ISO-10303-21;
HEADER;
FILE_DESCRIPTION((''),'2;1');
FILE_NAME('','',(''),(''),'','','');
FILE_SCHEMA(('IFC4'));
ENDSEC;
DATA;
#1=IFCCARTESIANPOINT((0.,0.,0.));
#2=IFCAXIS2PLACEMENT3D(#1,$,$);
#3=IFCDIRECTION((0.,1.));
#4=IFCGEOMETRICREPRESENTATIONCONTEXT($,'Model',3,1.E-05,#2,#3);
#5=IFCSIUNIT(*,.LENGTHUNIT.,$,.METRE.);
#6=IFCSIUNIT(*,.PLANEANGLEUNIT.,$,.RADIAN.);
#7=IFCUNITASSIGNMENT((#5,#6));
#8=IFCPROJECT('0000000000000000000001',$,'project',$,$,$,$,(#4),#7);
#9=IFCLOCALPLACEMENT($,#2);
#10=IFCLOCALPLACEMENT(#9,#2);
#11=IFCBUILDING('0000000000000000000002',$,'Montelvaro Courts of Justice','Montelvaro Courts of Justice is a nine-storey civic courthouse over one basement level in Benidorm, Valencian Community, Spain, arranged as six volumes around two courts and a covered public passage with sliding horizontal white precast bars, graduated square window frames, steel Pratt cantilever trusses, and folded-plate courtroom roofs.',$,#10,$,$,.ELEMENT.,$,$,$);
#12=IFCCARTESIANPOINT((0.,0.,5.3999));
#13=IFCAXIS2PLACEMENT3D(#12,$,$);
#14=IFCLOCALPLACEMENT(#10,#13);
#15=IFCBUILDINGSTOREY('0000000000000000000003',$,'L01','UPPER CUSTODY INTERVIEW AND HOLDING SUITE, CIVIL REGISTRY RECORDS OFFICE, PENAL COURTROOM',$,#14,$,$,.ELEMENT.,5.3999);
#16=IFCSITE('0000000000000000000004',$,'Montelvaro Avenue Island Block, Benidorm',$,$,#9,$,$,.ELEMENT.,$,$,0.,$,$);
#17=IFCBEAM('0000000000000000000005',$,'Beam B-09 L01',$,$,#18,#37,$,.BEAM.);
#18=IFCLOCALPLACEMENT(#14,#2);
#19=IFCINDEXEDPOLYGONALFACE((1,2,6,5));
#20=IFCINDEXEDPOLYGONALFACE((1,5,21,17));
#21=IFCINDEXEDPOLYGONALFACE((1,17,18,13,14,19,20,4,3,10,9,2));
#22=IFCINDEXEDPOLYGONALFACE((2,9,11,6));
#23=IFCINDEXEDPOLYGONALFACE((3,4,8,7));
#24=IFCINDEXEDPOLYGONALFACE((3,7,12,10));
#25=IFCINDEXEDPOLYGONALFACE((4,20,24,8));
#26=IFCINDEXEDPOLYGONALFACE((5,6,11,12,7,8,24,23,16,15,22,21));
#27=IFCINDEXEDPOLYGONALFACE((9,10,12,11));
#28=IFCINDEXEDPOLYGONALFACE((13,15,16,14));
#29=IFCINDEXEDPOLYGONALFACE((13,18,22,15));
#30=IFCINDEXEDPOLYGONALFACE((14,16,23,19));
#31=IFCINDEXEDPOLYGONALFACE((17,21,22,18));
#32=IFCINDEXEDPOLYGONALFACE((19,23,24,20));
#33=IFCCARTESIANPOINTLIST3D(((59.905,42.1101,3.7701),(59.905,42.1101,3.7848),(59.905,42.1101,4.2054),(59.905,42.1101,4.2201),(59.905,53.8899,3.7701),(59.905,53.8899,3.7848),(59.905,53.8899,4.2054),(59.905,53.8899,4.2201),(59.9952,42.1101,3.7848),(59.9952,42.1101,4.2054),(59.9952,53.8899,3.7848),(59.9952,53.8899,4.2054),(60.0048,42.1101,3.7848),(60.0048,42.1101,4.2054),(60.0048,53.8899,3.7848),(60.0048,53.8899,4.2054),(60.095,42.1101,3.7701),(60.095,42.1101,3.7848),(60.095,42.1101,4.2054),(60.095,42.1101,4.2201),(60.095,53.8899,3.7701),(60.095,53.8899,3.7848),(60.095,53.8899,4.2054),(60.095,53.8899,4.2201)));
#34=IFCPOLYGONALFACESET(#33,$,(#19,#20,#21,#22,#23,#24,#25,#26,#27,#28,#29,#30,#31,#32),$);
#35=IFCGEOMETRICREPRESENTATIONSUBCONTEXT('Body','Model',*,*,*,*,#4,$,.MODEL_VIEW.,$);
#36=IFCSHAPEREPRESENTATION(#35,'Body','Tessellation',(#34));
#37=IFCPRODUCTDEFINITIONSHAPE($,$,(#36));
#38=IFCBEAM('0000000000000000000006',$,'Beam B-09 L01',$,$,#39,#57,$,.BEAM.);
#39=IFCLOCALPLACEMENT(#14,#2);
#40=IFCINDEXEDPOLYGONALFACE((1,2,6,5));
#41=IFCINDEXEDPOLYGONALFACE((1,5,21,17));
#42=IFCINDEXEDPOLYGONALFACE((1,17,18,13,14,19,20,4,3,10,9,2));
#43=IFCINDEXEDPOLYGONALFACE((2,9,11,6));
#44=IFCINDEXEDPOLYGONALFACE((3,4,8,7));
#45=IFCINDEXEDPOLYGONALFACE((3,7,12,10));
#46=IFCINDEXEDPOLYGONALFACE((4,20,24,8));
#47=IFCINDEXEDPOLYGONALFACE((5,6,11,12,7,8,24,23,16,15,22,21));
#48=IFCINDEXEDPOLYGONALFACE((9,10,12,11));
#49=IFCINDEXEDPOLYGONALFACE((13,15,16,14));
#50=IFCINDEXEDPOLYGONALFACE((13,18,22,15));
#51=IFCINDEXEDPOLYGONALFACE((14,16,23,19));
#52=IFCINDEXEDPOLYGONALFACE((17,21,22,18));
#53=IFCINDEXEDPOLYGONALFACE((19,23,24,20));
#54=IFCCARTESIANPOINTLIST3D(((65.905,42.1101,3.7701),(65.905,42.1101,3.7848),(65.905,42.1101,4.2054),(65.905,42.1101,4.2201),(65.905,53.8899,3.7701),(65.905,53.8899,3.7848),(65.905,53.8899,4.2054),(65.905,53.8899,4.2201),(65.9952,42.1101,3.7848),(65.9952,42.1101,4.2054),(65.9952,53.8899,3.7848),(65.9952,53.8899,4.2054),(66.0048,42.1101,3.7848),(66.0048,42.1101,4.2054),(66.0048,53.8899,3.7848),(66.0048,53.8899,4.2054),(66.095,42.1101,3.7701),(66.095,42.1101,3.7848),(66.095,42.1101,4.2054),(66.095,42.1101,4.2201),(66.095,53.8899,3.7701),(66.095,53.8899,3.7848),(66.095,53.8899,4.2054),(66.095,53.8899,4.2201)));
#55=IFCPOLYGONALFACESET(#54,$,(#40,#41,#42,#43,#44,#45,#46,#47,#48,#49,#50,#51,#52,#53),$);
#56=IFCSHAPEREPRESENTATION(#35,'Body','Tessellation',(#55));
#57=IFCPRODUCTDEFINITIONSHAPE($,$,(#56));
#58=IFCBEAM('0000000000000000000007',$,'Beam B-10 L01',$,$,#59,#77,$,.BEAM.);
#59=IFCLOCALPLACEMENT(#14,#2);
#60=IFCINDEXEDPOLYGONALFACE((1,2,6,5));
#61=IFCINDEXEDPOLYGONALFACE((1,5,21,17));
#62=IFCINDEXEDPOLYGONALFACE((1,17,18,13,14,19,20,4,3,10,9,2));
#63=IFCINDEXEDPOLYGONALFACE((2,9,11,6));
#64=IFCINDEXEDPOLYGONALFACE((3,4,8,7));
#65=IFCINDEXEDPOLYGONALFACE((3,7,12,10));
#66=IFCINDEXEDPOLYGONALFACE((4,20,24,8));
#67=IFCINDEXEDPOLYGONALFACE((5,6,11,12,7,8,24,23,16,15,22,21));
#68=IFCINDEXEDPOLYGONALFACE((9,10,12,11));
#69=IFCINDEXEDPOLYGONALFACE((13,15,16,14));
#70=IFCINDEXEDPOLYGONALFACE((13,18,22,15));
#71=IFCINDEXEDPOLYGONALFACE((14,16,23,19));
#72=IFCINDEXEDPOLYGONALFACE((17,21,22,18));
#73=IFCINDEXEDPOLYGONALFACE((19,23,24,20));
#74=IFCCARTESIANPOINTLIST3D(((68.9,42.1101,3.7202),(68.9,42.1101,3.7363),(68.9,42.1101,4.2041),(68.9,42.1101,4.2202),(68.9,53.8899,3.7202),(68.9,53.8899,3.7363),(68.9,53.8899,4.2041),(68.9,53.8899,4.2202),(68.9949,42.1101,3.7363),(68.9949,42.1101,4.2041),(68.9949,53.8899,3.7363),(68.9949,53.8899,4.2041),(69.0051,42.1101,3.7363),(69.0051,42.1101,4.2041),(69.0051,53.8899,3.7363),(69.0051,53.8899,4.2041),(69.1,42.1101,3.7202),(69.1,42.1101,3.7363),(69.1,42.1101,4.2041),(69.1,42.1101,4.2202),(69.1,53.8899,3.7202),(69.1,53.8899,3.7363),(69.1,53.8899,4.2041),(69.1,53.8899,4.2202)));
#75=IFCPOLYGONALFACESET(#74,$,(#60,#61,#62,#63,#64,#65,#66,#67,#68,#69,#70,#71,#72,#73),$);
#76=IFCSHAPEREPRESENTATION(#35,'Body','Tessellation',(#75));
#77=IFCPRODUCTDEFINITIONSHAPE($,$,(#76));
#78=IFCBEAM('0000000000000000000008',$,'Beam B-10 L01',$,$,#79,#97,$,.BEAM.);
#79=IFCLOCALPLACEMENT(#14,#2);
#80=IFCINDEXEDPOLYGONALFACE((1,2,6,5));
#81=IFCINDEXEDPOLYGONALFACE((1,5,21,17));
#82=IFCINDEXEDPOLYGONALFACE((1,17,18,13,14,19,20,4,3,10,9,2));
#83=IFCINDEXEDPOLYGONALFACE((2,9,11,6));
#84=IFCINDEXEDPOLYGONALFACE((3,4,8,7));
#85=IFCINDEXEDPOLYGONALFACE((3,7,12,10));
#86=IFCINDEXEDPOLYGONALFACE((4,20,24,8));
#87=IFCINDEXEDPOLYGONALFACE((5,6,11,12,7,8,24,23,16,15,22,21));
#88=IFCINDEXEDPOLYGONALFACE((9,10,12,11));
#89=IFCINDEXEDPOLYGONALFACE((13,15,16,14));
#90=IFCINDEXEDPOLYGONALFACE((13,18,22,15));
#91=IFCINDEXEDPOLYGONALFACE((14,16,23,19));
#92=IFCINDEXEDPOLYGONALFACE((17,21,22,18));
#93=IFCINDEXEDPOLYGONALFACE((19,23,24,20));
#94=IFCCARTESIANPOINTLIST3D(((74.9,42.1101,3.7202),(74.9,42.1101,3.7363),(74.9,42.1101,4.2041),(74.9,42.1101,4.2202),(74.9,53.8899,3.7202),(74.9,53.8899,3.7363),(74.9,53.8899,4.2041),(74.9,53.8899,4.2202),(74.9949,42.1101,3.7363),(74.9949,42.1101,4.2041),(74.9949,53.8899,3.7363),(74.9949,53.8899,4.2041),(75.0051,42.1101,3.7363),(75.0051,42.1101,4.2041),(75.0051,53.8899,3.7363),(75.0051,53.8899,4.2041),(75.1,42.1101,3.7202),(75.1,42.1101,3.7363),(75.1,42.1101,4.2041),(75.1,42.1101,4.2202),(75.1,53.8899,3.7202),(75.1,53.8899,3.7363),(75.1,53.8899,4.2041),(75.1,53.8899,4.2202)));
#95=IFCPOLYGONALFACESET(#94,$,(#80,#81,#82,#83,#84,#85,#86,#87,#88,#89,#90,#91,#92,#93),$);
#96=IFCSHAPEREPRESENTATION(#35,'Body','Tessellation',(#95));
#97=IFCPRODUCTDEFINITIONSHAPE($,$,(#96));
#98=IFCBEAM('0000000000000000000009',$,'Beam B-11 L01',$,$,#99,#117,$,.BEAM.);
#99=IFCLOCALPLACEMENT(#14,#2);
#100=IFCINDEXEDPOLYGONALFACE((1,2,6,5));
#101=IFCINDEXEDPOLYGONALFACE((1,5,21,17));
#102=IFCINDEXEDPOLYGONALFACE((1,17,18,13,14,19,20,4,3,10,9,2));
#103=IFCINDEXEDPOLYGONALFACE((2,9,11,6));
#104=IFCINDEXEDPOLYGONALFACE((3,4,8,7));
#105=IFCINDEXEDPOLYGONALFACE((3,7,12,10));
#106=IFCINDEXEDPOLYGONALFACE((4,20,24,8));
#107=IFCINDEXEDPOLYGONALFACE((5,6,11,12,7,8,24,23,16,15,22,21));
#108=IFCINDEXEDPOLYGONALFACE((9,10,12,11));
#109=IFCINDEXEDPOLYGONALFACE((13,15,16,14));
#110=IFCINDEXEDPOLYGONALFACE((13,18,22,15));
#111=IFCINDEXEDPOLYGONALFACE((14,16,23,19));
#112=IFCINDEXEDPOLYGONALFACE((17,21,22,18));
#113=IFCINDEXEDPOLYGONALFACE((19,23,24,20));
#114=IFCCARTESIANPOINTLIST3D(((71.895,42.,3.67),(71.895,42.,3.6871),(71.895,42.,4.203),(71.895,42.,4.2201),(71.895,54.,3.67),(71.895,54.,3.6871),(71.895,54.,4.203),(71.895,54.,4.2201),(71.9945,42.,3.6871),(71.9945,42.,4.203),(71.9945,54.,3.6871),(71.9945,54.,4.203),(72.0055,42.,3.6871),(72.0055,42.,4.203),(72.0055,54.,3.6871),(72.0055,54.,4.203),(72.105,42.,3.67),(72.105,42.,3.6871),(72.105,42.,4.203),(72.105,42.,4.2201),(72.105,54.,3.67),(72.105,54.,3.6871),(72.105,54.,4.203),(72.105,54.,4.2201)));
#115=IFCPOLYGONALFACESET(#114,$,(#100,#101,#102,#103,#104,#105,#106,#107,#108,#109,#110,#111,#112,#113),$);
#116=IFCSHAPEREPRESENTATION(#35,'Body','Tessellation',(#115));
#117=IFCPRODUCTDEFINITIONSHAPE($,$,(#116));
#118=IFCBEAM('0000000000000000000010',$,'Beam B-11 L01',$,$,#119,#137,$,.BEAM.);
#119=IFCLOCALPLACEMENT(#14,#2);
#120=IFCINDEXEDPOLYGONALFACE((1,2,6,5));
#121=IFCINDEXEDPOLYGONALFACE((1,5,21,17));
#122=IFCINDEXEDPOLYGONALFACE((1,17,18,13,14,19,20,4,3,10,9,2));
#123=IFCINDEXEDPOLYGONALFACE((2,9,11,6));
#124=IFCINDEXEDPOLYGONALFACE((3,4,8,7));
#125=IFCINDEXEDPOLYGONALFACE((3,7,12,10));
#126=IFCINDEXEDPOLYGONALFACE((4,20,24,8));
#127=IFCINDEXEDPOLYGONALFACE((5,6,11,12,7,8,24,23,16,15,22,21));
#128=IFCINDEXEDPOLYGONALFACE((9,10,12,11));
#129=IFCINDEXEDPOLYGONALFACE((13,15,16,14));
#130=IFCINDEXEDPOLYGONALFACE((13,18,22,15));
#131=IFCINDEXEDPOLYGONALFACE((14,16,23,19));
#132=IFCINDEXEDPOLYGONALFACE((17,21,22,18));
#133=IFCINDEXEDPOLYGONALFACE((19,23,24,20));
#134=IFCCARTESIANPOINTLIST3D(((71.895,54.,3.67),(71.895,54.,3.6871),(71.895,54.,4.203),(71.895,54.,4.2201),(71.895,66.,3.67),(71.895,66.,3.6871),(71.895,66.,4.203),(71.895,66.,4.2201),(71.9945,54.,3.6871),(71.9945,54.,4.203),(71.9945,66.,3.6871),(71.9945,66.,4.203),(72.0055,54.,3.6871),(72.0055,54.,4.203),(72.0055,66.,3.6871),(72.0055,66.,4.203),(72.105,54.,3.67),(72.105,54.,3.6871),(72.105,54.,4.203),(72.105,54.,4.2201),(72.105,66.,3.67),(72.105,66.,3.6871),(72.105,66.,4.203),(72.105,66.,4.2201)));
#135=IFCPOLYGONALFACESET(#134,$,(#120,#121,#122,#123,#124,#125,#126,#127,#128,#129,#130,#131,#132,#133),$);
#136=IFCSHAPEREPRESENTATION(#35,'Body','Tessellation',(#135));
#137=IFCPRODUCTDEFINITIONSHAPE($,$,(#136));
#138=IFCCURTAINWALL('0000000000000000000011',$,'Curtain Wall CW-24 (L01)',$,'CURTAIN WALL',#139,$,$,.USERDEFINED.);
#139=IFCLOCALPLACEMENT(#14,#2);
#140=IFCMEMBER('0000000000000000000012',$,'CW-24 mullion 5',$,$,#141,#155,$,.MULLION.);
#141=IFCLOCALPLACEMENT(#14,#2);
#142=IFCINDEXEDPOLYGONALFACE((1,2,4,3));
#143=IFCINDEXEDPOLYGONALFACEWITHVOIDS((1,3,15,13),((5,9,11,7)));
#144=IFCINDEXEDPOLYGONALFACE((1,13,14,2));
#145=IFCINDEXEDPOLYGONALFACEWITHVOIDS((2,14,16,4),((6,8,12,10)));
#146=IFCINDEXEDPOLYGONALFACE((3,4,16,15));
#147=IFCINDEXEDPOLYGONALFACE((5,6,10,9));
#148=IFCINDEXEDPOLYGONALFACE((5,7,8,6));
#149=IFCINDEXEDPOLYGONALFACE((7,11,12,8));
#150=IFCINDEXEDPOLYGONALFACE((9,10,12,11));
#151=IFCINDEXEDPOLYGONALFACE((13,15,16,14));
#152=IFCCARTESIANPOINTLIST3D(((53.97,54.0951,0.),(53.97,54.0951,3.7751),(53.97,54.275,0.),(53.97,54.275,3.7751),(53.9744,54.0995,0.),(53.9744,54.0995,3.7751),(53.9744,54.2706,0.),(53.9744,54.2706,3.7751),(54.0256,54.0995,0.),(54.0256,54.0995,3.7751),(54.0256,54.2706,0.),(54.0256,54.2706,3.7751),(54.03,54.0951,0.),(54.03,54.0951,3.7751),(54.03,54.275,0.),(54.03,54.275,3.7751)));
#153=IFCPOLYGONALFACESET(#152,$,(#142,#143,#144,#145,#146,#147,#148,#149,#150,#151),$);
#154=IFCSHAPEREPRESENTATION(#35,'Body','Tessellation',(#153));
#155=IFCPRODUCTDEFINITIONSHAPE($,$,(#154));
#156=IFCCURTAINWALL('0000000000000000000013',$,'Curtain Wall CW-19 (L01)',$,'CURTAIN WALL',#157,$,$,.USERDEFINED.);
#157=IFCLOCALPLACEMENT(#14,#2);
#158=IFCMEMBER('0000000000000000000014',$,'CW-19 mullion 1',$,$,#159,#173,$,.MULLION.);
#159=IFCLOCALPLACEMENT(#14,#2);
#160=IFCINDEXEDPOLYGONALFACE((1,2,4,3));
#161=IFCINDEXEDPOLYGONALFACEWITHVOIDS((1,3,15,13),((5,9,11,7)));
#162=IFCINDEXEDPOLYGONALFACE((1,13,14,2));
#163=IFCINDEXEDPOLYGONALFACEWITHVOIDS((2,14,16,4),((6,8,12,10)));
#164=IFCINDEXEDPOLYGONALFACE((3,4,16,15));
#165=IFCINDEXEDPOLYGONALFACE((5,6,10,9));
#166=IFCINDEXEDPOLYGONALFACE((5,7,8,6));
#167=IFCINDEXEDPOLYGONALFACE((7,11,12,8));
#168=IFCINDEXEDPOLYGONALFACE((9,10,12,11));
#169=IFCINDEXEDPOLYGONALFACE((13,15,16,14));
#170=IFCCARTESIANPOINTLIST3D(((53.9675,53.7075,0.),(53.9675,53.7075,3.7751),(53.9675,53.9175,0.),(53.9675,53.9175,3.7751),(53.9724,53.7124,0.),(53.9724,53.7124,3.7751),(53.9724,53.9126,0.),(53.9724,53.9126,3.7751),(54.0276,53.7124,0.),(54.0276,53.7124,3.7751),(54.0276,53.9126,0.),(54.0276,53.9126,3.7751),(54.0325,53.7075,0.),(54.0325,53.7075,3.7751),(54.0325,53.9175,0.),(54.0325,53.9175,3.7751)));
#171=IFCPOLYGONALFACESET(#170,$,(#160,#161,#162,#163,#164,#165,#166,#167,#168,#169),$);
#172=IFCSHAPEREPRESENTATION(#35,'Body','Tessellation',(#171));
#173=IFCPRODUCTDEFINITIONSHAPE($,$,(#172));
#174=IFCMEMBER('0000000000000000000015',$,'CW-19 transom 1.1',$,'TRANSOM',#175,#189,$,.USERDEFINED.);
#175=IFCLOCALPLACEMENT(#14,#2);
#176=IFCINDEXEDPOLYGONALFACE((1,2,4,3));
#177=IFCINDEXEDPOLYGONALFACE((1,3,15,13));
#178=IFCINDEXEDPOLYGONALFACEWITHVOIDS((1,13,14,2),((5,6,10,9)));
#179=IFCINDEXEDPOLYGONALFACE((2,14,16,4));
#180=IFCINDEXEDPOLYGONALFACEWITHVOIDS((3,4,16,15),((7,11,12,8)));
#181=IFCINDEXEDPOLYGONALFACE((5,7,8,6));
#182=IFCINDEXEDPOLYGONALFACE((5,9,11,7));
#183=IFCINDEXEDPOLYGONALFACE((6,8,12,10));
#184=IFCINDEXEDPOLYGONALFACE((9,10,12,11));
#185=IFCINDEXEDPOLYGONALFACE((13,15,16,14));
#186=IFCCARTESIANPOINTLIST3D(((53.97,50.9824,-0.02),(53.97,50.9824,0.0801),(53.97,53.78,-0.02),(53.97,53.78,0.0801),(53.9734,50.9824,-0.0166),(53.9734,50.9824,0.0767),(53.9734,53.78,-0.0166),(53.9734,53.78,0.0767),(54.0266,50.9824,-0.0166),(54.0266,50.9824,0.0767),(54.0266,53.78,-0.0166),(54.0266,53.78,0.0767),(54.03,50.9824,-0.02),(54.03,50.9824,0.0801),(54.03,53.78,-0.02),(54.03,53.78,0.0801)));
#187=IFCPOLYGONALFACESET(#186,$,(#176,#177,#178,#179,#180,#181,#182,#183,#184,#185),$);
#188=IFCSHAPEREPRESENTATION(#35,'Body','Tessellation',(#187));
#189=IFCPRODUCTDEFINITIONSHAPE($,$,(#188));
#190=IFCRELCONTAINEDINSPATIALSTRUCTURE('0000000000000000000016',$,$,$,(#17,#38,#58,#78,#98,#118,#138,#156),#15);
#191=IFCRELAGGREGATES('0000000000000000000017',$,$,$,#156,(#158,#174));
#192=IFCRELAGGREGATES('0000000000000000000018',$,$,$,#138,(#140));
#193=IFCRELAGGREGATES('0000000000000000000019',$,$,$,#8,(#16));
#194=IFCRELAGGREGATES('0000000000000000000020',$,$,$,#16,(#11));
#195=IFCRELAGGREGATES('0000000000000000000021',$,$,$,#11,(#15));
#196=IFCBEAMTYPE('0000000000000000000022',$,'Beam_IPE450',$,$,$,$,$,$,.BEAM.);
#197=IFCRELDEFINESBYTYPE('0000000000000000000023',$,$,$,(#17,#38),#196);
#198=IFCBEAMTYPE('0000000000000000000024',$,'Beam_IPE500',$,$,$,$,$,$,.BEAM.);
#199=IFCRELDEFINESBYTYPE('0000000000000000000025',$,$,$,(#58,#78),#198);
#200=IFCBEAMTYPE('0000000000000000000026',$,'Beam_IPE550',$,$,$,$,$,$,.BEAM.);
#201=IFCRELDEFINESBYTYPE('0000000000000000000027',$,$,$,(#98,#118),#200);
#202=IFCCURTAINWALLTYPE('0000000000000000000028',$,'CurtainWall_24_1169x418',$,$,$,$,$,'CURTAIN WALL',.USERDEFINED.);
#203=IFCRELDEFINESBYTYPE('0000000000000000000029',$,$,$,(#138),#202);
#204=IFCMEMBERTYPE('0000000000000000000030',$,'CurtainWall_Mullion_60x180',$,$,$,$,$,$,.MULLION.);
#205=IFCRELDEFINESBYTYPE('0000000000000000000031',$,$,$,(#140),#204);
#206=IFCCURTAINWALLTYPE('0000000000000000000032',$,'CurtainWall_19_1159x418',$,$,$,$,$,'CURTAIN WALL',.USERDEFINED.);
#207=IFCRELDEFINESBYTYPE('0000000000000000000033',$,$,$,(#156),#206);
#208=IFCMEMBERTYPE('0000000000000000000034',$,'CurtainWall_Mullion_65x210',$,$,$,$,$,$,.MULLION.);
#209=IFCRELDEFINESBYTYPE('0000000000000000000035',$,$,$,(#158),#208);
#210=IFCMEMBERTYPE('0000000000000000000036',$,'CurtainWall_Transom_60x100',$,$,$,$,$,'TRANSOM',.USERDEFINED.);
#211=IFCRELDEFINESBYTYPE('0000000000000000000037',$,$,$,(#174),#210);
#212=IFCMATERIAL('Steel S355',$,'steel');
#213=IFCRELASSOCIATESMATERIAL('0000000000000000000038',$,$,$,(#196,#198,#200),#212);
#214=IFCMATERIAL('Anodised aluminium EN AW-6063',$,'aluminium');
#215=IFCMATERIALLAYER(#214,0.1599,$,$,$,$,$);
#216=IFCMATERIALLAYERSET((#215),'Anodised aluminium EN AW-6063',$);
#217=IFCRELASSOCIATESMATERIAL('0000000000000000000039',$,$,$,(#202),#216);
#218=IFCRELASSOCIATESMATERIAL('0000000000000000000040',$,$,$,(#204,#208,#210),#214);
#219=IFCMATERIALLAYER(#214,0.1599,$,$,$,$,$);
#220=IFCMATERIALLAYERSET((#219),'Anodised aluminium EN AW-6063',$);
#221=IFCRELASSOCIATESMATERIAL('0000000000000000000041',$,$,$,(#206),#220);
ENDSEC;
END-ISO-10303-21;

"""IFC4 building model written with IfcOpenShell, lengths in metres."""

from ifc_helpers import new_model, si_unit, direction, frame, origin, origin_2d, place, context, subcontext, project, spatial, hollow_rectangle, i_section, extrude, material, layer, layer_set, material_profile, profile_set, type_object, element, aggregate, save


model = new_model("IFC4")

# Units and contexts
model_context = context("Model", 3, precision=1e-05, world=origin(), true_north=direction((0.0, 1.0)))
body_context = subcontext(model_context, "Body", "Model", "MODEL_VIEW")
ifc_project = project(units=[si_unit("LENGTHUNIT", "METRE"), si_unit("PLANEANGLEUNIT", "RADIAN")], contexts=[model_context])

# Site, building, storey
site_placement = place(None, origin())
site = spatial("IfcSite", under=ifc_project, at=site_placement, Name="Montelvaro Avenue Island Block, Benidorm", CompositionType="ELEMENT", RefElevation=0.0)
building_placement = place(site_placement, origin())
building = spatial("IfcBuilding", under=site, at=building_placement, Name="Montelvaro Courts of Justice", Description="Montelvaro Courts of Justice is a nine-storey civic courthouse over one basement level in Benidorm, Valencian Community, Spain, arranged as six volumes around two courts and a covered public passage with sliding horizontal white precast bars, graduated square window frames, steel Pratt cantilever trusses, and folded-plate courtroom roofs.", CompositionType="ELEMENT")
storey_placement = place(building_placement, frame((0.0, 0.0, 5.3999)))
storey = spatial("IfcBuildingStorey", under=building, at=storey_placement, Name="L01", Description="UPPER CUSTODY INTERVIEW AND HOLDING SUITE, CIVIL REGISTRY RECORDS OFFICE, PENAL COURTROOM", CompositionType="ELEMENT", Elevation=5.3999)

# Shared definitions
ifc_material_1 = material(Name="Steel S355", Category="steel")

# Beams
ifc_material_profile_1 = material_profile(ifc_material_1, i_section(OverallWidth=0.1899, OverallDepth=0.45, WebThickness=0.0095, FlangeThickness=0.0146, at=origin_2d()), Name="IPE 450")
ifc_profile_set_1 = profile_set([ifc_material_profile_1], Name="Steel S355")
beam_type_1 = type_object("IfcBeamType", Name="Beam_IPE450", PredefinedType="BEAM", material=ifc_profile_set_1)
for number, where, z_axis, x_axis, name in (
    (1, (60.0, 42.1101, 3.9951), (0.0, 1.0, 0.0), (-1.0, 0.0, 0.0), "Beam B-09 L01"),
    (2, (66.0, 42.1101, 3.9951), (0.0, 1.0, 0.0), (-1.0, 0.0, 0.0), "Beam B-09 L01"),
):
    element("IfcBeam", number, at=place(storey_placement, frame(where, z_axis=z_axis, x_axis=x_axis)), inside=storey, type_object=beam_type_1, Name=name, PredefinedType="BEAM", context=body_context, shape_type="SweptSolid", body=[
        extrude(i_section(OverallWidth=0.1899, OverallDepth=0.45, WebThickness=0.0095, FlangeThickness=0.0146, at=origin_2d()), origin(), (0.0, 0.0, 1.0), 11.7798),
    ])
ifc_material_profile_2 = material_profile(ifc_material_1, i_section(OverallWidth=0.2, OverallDepth=0.5, WebThickness=0.0103, FlangeThickness=0.0161, at=origin_2d()), Name="IPE 500")
ifc_profile_set_2 = profile_set([ifc_material_profile_2], Name="Steel S355")
beam_type_2 = type_object("IfcBeamType", Name="Beam_IPE500", PredefinedType="BEAM", material=ifc_profile_set_2)
for number, where, z_axis, x_axis, name in (
    (3, (69.0, 42.1101, 3.9702), (0.0, 1.0, 0.0), (-1.0, 0.0, 0.0), "Beam B-10 L01"),
    (4, (75.0, 42.1101, 3.9702), (0.0, 1.0, 0.0), (-1.0, 0.0, 0.0), "Beam B-10 L01"),
):
    element("IfcBeam", number, at=place(storey_placement, frame(where, z_axis=z_axis, x_axis=x_axis)), inside=storey, type_object=beam_type_2, Name=name, PredefinedType="BEAM", context=body_context, shape_type="SweptSolid", body=[
        extrude(i_section(OverallWidth=0.2, OverallDepth=0.5, WebThickness=0.0103, FlangeThickness=0.0161, at=origin_2d()), origin(), (0.0, 0.0, 1.0), 11.7798),
    ])
ifc_material_profile_3 = material_profile(ifc_material_1, i_section(OverallWidth=0.21, OverallDepth=0.55, WebThickness=0.011, FlangeThickness=0.0171, at=origin_2d()), Name="IPE 550")
ifc_profile_set_3 = profile_set([ifc_material_profile_3], Name="Steel S355")
beam_type_3 = type_object("IfcBeamType", Name="Beam_IPE550", PredefinedType="BEAM", material=ifc_profile_set_3)
for number, where, z_axis, x_axis, name in (
    (5, (72.0, 42.0, 3.9451), (0.0, 1.0, 0.0), (-1.0, 0.0, 0.0), "Beam B-11 L01"),
    (6, (72.0, 54.0, 3.9451), (0.0, 1.0, 0.0), (-1.0, 0.0, 0.0), "Beam B-11 L01"),
):
    element("IfcBeam", number, at=place(storey_placement, frame(where, z_axis=z_axis, x_axis=x_axis)), inside=storey, type_object=beam_type_3, Name=name, PredefinedType="BEAM", context=body_context, shape_type="SweptSolid", body=[
        extrude(i_section(OverallWidth=0.21, OverallDepth=0.55, WebThickness=0.011, FlangeThickness=0.0171, at=origin_2d()), origin(), (0.0, 0.0, 1.0), 12.0),
    ])

# Curtain wall, member
ifc_material_2 = material(Name="Anodised aluminium EN AW-6063", Category="aluminium")
ifc_layer_1 = layer(ifc_material_2, 0.1599)
ifc_layer_set_1 = layer_set([ifc_layer_1], Name="Anodised aluminium EN AW-6063")
curtain_wall_type_1 = type_object("IfcCurtainWallType", Name="CurtainWall_24_1169x418", ElementType="CURTAIN WALL", PredefinedType="USERDEFINED", material=ifc_layer_set_1)
curtain_wall_1_placement = place(storey_placement, origin())
curtain_wall_1 = element("IfcCurtainWall", 7, at=curtain_wall_1_placement, inside=storey, type_object=curtain_wall_type_1, Name="Curtain Wall CW-24 (L01)", ObjectType="CURTAIN WALL", PredefinedType="USERDEFINED")
ifc_material_profile_4 = material_profile(ifc_material_2, hollow_rectangle(XDim=0.0601, YDim=0.1799, WallThickness=0.0044, at=origin_2d()), Name="ALU-M 60x180")
ifc_profile_set_4 = profile_set([ifc_material_profile_4], Name="Anodised aluminium EN AW-6063")
member_type_1 = type_object("IfcMemberType", Name="CurtainWall_Mullion_60x180", PredefinedType="MULLION", material=ifc_profile_set_4)
member_1_placement = place(storey_placement, frame((54.0, 54.1851, 0.0), z_axis=(0.0, 0.0, 1.0), x_axis=(1.0, 0.0, 0.0)))
member_1 = element("IfcMember", 8, at=member_1_placement, type_object=member_type_1, Name="CW-24 mullion 5", PredefinedType="MULLION", context=body_context, shape_type="SweptSolid", body=[
    extrude(hollow_rectangle(XDim=0.0601, YDim=0.1799, WallThickness=0.0044, at=origin_2d()), origin(), (0.0, 0.0, 1.0), 3.7751),
])

# Curtain wall, members
ifc_layer_2 = layer(ifc_material_2, 0.1599)
ifc_layer_set_2 = layer_set([ifc_layer_2], Name="Anodised aluminium EN AW-6063")
curtain_wall_type_2 = type_object("IfcCurtainWallType", Name="CurtainWall_19_1159x418", ElementType="CURTAIN WALL", PredefinedType="USERDEFINED", material=ifc_layer_set_2)
curtain_wall_2_placement = place(storey_placement, origin())
curtain_wall_2 = element("IfcCurtainWall", 9, at=curtain_wall_2_placement, inside=storey, type_object=curtain_wall_type_2, Name="Curtain Wall CW-19 (L01)", ObjectType="CURTAIN WALL", PredefinedType="USERDEFINED")
ifc_material_profile_5 = material_profile(ifc_material_2, hollow_rectangle(XDim=0.0649, YDim=0.21, WallThickness=0.0049, at=origin_2d()), Name="ALU-M 65x210")
ifc_profile_set_5 = profile_set([ifc_material_profile_5], Name="Anodised aluminium EN AW-6063")
member_type_2 = type_object("IfcMemberType", Name="CurtainWall_Mullion_65x210", PredefinedType="MULLION", material=ifc_profile_set_5)
member_2_placement = place(storey_placement, frame((54.0, 53.8125, 0.0), z_axis=(0.0, 0.0, 1.0), x_axis=(1.0, 0.0, 0.0)))
member_2 = element("IfcMember", 10, at=member_2_placement, type_object=member_type_2, Name="CW-19 mullion 1", PredefinedType="MULLION", context=body_context, shape_type="SweptSolid", body=[
    extrude(hollow_rectangle(XDim=0.0649, YDim=0.21, WallThickness=0.0049, at=origin_2d()), origin(), (0.0, 0.0, 1.0), 3.7751),
])
ifc_material_profile_6 = material_profile(ifc_material_2, hollow_rectangle(XDim=0.0601, YDim=0.1001, WallThickness=0.0034, at=origin_2d()), Name="ALU-T 60x100")
ifc_profile_set_6 = profile_set([ifc_material_profile_6], Name="Anodised aluminium EN AW-6063")
member_type_3 = type_object("IfcMemberType", Name="CurtainWall_Transom_60x100", ElementType="TRANSOM", PredefinedType="USERDEFINED", material=ifc_profile_set_6)
member_3_placement = place(storey_placement, frame((54.0, 53.78, 0.03), z_axis=(0.0, -1.0, 0.0), x_axis=(1.0, 0.0, 0.0)))
member_3 = element("IfcMember", 11, at=member_3_placement, type_object=member_type_3, Name="CW-19 transom 1.1", ObjectType="TRANSOM", PredefinedType="USERDEFINED", context=body_context, shape_type="SweptSolid", body=[
    extrude(hollow_rectangle(XDim=0.0601, YDim=0.1001, WallThickness=0.0034, at=origin_2d()), origin(), (0.0, 0.0, 1.0), 2.7976),
])
aggregate(curtain_wall_2, [member_2, member_3])

aggregate(curtain_wall_1, [member_1])

save(model, "model.ifc")
